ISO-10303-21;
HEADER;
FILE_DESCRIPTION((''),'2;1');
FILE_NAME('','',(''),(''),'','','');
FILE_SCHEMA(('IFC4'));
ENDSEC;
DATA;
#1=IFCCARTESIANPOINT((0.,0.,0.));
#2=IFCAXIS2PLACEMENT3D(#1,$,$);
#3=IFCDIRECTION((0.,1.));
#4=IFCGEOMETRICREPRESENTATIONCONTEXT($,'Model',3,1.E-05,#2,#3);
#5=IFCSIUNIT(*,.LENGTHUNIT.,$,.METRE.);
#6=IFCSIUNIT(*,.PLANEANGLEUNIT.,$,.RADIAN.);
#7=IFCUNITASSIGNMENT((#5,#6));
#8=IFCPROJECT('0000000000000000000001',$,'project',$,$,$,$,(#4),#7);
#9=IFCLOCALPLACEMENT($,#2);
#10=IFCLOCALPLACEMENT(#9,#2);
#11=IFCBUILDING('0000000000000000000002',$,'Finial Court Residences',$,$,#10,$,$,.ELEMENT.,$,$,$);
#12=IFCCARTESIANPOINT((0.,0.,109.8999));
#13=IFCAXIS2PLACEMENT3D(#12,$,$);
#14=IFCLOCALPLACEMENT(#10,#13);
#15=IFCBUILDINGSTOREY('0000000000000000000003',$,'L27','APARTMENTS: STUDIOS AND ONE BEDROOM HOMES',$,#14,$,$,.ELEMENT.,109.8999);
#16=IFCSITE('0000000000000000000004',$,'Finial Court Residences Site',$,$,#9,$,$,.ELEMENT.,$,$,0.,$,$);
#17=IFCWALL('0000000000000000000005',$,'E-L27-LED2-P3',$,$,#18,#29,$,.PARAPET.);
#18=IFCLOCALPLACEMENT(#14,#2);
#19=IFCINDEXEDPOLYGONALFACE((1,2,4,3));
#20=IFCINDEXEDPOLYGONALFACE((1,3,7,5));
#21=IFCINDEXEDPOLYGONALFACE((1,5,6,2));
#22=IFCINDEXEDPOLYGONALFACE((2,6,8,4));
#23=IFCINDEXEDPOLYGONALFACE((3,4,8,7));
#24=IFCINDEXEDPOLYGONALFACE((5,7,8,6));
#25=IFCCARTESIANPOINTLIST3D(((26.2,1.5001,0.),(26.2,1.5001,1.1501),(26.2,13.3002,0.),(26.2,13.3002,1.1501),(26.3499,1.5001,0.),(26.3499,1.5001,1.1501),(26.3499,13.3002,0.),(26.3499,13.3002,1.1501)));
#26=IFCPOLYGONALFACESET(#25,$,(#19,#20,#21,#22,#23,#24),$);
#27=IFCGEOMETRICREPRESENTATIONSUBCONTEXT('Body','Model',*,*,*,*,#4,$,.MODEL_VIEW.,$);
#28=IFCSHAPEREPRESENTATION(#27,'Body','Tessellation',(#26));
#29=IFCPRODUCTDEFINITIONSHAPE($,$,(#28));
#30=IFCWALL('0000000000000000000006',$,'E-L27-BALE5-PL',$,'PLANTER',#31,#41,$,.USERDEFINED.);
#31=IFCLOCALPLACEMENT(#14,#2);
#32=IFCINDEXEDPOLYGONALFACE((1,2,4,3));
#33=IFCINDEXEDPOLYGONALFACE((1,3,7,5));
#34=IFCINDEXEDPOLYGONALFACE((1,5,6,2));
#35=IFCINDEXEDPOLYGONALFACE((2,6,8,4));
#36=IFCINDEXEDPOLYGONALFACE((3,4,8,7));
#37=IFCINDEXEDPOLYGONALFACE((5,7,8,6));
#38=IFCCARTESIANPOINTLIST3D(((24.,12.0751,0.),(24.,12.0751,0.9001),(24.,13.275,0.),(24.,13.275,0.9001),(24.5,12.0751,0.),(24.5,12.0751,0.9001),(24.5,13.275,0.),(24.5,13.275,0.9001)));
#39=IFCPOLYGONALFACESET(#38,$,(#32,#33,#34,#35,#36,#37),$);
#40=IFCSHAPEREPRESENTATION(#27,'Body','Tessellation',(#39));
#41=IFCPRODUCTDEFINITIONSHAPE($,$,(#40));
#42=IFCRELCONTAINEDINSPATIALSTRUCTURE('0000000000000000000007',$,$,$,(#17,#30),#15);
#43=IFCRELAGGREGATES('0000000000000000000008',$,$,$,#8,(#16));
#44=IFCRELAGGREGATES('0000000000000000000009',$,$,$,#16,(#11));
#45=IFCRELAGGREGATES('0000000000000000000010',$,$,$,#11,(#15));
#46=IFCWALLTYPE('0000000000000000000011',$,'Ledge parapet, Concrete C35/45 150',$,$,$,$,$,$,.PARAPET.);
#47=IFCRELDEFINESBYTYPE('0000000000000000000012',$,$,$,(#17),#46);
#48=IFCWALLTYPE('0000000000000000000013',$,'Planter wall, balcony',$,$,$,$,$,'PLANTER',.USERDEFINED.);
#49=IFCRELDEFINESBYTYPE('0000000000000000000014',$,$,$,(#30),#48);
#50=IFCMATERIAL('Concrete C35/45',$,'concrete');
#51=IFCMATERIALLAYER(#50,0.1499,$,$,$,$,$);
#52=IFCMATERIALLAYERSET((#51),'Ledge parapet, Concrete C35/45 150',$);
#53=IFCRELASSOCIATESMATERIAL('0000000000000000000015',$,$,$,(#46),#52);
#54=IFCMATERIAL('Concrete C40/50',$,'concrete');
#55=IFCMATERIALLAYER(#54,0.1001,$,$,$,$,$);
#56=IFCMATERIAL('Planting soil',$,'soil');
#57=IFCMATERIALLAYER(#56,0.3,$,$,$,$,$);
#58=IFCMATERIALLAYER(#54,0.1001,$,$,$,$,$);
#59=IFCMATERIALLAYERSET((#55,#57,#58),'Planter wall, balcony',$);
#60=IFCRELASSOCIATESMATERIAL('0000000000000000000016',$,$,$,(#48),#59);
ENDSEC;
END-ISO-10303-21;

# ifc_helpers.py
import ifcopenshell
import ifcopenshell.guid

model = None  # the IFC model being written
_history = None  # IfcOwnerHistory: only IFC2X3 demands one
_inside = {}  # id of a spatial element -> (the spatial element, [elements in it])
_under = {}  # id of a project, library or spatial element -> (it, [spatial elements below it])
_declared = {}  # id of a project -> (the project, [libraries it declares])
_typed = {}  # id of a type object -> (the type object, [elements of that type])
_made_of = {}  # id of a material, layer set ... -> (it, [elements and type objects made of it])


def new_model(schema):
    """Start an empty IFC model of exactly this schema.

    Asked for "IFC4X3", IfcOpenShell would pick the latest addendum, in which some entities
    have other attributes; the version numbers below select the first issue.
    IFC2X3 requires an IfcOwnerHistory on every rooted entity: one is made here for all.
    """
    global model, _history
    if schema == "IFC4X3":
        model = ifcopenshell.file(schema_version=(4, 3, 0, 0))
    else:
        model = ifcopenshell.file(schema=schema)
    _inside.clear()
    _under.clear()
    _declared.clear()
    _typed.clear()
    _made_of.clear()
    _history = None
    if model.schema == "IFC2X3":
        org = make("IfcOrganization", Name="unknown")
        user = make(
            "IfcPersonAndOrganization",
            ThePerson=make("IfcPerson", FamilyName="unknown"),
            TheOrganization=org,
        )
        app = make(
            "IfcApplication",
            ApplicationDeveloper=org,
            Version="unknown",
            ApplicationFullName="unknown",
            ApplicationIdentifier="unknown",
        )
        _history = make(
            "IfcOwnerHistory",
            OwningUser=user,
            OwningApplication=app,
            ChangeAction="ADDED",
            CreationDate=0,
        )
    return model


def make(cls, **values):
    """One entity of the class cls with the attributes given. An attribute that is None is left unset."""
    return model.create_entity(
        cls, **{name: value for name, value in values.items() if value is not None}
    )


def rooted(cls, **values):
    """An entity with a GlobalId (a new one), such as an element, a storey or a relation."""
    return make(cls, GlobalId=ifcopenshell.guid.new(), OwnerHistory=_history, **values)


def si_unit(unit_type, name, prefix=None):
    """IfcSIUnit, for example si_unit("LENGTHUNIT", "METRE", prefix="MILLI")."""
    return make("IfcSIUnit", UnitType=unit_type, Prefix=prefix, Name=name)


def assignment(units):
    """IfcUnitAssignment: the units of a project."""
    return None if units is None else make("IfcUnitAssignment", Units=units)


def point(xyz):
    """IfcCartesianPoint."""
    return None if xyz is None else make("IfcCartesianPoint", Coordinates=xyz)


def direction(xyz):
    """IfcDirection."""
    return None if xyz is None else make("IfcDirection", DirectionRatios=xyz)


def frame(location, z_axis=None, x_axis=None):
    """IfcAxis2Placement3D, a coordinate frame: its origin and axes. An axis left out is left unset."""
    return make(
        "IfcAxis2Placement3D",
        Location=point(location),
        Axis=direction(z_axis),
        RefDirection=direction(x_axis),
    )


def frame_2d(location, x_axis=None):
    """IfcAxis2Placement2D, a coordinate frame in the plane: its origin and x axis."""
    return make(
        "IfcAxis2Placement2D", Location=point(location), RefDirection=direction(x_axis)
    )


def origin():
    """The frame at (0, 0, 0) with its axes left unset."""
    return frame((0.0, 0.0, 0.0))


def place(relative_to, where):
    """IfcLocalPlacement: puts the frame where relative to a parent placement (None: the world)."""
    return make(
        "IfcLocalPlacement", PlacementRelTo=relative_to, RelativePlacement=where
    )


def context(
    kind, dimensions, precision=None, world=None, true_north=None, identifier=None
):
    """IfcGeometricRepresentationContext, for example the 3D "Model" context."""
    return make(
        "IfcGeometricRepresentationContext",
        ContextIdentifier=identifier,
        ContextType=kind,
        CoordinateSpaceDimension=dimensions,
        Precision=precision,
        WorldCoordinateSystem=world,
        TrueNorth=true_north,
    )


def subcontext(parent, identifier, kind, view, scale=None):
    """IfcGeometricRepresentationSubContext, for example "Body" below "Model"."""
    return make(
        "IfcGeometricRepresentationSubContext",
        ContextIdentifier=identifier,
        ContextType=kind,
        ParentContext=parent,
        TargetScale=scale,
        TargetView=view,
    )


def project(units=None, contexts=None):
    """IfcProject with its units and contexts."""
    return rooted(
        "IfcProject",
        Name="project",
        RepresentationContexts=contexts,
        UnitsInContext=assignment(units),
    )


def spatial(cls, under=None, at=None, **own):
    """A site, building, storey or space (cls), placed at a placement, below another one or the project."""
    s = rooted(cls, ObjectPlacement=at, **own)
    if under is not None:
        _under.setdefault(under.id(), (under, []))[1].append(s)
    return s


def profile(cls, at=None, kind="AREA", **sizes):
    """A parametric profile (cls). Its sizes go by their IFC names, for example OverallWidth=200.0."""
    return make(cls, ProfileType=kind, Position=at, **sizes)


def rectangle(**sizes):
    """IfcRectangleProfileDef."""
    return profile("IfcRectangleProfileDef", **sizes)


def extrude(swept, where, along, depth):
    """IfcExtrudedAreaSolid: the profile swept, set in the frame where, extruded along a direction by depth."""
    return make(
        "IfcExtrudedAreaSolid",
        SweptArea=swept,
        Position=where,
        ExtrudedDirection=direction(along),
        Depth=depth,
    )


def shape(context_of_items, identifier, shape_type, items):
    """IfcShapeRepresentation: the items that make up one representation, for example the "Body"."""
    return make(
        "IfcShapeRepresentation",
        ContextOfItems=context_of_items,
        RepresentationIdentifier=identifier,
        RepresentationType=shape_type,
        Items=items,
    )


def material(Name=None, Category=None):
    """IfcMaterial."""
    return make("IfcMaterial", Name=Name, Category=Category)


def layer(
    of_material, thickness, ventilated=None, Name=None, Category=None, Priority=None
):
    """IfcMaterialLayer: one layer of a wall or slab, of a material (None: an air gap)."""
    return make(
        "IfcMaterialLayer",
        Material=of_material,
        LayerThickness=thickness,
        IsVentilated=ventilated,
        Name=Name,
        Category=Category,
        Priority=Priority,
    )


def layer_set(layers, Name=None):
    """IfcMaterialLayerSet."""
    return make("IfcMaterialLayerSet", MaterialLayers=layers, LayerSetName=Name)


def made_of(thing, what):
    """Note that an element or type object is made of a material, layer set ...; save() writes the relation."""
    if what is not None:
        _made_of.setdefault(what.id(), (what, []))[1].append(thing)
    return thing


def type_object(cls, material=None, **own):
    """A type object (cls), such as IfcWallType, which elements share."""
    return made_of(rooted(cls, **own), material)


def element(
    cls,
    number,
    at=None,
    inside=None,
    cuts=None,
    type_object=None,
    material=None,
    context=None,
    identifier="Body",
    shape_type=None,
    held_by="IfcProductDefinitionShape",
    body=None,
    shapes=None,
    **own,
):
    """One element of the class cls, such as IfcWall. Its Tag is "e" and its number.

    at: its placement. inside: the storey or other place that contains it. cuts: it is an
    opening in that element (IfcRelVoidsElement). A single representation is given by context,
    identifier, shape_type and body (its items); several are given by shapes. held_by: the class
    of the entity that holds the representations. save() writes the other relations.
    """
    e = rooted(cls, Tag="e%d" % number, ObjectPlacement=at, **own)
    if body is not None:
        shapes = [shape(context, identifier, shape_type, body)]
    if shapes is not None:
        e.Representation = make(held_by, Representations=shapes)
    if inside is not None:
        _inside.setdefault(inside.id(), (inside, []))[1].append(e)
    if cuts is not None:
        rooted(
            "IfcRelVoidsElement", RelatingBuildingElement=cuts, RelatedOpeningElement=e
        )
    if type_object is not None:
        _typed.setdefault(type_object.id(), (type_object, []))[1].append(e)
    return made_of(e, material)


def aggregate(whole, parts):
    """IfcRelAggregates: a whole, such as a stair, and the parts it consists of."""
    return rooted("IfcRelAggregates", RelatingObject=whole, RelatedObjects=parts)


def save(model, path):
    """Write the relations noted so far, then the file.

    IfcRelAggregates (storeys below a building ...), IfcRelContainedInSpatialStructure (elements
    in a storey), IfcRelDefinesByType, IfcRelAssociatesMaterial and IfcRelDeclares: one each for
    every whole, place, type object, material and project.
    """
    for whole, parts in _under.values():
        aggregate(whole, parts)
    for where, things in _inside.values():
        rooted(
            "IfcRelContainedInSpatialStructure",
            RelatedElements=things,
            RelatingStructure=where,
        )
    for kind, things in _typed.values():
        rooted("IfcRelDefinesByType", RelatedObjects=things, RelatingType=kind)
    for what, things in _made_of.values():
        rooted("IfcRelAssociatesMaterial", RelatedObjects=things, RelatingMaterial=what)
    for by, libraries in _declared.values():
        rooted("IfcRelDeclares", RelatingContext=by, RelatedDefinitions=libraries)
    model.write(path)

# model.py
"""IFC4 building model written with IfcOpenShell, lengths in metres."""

from ifc_helpers import new_model, si_unit, direction, frame, frame_2d, origin, place, context, subcontext, project, spatial, rectangle, extrude, material, layer, layer_set, type_object, element, save


model = new_model("IFC4")

# Units and contexts
model_context = context("Model", 3, precision=1e-05, world=origin(), true_north=direction((0.0, 1.0)))
body_context = subcontext(model_context, "Body", "Model", "MODEL_VIEW")
ifc_project = project(units=[si_unit("LENGTHUNIT", "METRE"), si_unit("PLANEANGLEUNIT", "RADIAN")], contexts=[model_context])

# Site, building, storey
site_placement = place(None, origin())
site = spatial("IfcSite", under=ifc_project, at=site_placement, Name="Finial Court Residences Site", CompositionType="ELEMENT", RefElevation=0.0)
building_placement = place(site_placement, origin())
building = spatial("IfcBuilding", under=site, at=building_placement, Name="Finial Court Residences", CompositionType="ELEMENT")
storey_placement = place(building_placement, frame((0.0, 0.0, 109.8999)))
storey = spatial("IfcBuildingStorey", under=building, at=storey_placement, Name="L27", Description="APARTMENTS: STUDIOS AND ONE BEDROOM HOMES", CompositionType="ELEMENT", Elevation=109.8999)

# Wall
ifc_material_1 = material(Name="Concrete C35/45", Category="concrete")
ifc_layer_1 = layer(ifc_material_1, 0.1499)
ifc_layer_set_1 = layer_set([ifc_layer_1], Name="Ledge parapet, Concrete C35/45 150")
wall_type_1 = type_object("IfcWallType", Name="Ledge parapet, Concrete C35/45 150", PredefinedType="PARAPET", material=ifc_layer_set_1)
wall_1_placement = place(storey_placement, frame((26.2749, 13.3, 0.0), z_axis=(0.0, 0.0, 1.0), x_axis=(0.0, -1.0, 0.0)))
element("IfcWall", 1, at=wall_1_placement, inside=storey, type_object=wall_type_1, Name="E-L27-LED2-P3", PredefinedType="PARAPET", context=body_context, shape_type="SweptSolid", body=[
    extrude(rectangle(XDim=11.8, YDim=0.1499, at=frame_2d((5.8999, 0.0))), origin(), (0.0, 0.0, 1.0), 1.1501),
])

# Wall
ifc_material_2 = material(Name="Concrete C40/50", Category="concrete")
ifc_layer_2 = layer(ifc_material_2, 0.1001)
ifc_material_3 = material(Name="Planting soil", Category="soil")
ifc_layer_3 = layer(ifc_material_3, 0.3)
ifc_layer_4 = layer(ifc_material_2, 0.1001)
ifc_layer_set_2 = layer_set([ifc_layer_2, ifc_layer_3, ifc_layer_4], Name="Planter wall, balcony")
wall_type_2 = type_object("IfcWallType", Name="Planter wall, balcony", ElementType="PLANTER", PredefinedType="USERDEFINED", material=ifc_layer_set_2)
wall_2_placement = place(storey_placement, frame((24.25, 12.075, 0.0), z_axis=(0.0, 0.0, 1.0), x_axis=(0.0, 1.0, 0.0)))
element("IfcWall", 2, at=wall_2_placement, inside=storey, type_object=wall_type_2, Name="E-L27-BALE5-PL", ObjectType="PLANTER", PredefinedType="USERDEFINED", context=body_context, shape_type="SweptSolid", body=[
    extrude(rectangle(XDim=1.2, YDim=0.5, at=frame_2d((0.6001, 0.0))), origin(), (0.0, 0.0, 1.0), 0.9001),
])

save(model, "model.ifc")
